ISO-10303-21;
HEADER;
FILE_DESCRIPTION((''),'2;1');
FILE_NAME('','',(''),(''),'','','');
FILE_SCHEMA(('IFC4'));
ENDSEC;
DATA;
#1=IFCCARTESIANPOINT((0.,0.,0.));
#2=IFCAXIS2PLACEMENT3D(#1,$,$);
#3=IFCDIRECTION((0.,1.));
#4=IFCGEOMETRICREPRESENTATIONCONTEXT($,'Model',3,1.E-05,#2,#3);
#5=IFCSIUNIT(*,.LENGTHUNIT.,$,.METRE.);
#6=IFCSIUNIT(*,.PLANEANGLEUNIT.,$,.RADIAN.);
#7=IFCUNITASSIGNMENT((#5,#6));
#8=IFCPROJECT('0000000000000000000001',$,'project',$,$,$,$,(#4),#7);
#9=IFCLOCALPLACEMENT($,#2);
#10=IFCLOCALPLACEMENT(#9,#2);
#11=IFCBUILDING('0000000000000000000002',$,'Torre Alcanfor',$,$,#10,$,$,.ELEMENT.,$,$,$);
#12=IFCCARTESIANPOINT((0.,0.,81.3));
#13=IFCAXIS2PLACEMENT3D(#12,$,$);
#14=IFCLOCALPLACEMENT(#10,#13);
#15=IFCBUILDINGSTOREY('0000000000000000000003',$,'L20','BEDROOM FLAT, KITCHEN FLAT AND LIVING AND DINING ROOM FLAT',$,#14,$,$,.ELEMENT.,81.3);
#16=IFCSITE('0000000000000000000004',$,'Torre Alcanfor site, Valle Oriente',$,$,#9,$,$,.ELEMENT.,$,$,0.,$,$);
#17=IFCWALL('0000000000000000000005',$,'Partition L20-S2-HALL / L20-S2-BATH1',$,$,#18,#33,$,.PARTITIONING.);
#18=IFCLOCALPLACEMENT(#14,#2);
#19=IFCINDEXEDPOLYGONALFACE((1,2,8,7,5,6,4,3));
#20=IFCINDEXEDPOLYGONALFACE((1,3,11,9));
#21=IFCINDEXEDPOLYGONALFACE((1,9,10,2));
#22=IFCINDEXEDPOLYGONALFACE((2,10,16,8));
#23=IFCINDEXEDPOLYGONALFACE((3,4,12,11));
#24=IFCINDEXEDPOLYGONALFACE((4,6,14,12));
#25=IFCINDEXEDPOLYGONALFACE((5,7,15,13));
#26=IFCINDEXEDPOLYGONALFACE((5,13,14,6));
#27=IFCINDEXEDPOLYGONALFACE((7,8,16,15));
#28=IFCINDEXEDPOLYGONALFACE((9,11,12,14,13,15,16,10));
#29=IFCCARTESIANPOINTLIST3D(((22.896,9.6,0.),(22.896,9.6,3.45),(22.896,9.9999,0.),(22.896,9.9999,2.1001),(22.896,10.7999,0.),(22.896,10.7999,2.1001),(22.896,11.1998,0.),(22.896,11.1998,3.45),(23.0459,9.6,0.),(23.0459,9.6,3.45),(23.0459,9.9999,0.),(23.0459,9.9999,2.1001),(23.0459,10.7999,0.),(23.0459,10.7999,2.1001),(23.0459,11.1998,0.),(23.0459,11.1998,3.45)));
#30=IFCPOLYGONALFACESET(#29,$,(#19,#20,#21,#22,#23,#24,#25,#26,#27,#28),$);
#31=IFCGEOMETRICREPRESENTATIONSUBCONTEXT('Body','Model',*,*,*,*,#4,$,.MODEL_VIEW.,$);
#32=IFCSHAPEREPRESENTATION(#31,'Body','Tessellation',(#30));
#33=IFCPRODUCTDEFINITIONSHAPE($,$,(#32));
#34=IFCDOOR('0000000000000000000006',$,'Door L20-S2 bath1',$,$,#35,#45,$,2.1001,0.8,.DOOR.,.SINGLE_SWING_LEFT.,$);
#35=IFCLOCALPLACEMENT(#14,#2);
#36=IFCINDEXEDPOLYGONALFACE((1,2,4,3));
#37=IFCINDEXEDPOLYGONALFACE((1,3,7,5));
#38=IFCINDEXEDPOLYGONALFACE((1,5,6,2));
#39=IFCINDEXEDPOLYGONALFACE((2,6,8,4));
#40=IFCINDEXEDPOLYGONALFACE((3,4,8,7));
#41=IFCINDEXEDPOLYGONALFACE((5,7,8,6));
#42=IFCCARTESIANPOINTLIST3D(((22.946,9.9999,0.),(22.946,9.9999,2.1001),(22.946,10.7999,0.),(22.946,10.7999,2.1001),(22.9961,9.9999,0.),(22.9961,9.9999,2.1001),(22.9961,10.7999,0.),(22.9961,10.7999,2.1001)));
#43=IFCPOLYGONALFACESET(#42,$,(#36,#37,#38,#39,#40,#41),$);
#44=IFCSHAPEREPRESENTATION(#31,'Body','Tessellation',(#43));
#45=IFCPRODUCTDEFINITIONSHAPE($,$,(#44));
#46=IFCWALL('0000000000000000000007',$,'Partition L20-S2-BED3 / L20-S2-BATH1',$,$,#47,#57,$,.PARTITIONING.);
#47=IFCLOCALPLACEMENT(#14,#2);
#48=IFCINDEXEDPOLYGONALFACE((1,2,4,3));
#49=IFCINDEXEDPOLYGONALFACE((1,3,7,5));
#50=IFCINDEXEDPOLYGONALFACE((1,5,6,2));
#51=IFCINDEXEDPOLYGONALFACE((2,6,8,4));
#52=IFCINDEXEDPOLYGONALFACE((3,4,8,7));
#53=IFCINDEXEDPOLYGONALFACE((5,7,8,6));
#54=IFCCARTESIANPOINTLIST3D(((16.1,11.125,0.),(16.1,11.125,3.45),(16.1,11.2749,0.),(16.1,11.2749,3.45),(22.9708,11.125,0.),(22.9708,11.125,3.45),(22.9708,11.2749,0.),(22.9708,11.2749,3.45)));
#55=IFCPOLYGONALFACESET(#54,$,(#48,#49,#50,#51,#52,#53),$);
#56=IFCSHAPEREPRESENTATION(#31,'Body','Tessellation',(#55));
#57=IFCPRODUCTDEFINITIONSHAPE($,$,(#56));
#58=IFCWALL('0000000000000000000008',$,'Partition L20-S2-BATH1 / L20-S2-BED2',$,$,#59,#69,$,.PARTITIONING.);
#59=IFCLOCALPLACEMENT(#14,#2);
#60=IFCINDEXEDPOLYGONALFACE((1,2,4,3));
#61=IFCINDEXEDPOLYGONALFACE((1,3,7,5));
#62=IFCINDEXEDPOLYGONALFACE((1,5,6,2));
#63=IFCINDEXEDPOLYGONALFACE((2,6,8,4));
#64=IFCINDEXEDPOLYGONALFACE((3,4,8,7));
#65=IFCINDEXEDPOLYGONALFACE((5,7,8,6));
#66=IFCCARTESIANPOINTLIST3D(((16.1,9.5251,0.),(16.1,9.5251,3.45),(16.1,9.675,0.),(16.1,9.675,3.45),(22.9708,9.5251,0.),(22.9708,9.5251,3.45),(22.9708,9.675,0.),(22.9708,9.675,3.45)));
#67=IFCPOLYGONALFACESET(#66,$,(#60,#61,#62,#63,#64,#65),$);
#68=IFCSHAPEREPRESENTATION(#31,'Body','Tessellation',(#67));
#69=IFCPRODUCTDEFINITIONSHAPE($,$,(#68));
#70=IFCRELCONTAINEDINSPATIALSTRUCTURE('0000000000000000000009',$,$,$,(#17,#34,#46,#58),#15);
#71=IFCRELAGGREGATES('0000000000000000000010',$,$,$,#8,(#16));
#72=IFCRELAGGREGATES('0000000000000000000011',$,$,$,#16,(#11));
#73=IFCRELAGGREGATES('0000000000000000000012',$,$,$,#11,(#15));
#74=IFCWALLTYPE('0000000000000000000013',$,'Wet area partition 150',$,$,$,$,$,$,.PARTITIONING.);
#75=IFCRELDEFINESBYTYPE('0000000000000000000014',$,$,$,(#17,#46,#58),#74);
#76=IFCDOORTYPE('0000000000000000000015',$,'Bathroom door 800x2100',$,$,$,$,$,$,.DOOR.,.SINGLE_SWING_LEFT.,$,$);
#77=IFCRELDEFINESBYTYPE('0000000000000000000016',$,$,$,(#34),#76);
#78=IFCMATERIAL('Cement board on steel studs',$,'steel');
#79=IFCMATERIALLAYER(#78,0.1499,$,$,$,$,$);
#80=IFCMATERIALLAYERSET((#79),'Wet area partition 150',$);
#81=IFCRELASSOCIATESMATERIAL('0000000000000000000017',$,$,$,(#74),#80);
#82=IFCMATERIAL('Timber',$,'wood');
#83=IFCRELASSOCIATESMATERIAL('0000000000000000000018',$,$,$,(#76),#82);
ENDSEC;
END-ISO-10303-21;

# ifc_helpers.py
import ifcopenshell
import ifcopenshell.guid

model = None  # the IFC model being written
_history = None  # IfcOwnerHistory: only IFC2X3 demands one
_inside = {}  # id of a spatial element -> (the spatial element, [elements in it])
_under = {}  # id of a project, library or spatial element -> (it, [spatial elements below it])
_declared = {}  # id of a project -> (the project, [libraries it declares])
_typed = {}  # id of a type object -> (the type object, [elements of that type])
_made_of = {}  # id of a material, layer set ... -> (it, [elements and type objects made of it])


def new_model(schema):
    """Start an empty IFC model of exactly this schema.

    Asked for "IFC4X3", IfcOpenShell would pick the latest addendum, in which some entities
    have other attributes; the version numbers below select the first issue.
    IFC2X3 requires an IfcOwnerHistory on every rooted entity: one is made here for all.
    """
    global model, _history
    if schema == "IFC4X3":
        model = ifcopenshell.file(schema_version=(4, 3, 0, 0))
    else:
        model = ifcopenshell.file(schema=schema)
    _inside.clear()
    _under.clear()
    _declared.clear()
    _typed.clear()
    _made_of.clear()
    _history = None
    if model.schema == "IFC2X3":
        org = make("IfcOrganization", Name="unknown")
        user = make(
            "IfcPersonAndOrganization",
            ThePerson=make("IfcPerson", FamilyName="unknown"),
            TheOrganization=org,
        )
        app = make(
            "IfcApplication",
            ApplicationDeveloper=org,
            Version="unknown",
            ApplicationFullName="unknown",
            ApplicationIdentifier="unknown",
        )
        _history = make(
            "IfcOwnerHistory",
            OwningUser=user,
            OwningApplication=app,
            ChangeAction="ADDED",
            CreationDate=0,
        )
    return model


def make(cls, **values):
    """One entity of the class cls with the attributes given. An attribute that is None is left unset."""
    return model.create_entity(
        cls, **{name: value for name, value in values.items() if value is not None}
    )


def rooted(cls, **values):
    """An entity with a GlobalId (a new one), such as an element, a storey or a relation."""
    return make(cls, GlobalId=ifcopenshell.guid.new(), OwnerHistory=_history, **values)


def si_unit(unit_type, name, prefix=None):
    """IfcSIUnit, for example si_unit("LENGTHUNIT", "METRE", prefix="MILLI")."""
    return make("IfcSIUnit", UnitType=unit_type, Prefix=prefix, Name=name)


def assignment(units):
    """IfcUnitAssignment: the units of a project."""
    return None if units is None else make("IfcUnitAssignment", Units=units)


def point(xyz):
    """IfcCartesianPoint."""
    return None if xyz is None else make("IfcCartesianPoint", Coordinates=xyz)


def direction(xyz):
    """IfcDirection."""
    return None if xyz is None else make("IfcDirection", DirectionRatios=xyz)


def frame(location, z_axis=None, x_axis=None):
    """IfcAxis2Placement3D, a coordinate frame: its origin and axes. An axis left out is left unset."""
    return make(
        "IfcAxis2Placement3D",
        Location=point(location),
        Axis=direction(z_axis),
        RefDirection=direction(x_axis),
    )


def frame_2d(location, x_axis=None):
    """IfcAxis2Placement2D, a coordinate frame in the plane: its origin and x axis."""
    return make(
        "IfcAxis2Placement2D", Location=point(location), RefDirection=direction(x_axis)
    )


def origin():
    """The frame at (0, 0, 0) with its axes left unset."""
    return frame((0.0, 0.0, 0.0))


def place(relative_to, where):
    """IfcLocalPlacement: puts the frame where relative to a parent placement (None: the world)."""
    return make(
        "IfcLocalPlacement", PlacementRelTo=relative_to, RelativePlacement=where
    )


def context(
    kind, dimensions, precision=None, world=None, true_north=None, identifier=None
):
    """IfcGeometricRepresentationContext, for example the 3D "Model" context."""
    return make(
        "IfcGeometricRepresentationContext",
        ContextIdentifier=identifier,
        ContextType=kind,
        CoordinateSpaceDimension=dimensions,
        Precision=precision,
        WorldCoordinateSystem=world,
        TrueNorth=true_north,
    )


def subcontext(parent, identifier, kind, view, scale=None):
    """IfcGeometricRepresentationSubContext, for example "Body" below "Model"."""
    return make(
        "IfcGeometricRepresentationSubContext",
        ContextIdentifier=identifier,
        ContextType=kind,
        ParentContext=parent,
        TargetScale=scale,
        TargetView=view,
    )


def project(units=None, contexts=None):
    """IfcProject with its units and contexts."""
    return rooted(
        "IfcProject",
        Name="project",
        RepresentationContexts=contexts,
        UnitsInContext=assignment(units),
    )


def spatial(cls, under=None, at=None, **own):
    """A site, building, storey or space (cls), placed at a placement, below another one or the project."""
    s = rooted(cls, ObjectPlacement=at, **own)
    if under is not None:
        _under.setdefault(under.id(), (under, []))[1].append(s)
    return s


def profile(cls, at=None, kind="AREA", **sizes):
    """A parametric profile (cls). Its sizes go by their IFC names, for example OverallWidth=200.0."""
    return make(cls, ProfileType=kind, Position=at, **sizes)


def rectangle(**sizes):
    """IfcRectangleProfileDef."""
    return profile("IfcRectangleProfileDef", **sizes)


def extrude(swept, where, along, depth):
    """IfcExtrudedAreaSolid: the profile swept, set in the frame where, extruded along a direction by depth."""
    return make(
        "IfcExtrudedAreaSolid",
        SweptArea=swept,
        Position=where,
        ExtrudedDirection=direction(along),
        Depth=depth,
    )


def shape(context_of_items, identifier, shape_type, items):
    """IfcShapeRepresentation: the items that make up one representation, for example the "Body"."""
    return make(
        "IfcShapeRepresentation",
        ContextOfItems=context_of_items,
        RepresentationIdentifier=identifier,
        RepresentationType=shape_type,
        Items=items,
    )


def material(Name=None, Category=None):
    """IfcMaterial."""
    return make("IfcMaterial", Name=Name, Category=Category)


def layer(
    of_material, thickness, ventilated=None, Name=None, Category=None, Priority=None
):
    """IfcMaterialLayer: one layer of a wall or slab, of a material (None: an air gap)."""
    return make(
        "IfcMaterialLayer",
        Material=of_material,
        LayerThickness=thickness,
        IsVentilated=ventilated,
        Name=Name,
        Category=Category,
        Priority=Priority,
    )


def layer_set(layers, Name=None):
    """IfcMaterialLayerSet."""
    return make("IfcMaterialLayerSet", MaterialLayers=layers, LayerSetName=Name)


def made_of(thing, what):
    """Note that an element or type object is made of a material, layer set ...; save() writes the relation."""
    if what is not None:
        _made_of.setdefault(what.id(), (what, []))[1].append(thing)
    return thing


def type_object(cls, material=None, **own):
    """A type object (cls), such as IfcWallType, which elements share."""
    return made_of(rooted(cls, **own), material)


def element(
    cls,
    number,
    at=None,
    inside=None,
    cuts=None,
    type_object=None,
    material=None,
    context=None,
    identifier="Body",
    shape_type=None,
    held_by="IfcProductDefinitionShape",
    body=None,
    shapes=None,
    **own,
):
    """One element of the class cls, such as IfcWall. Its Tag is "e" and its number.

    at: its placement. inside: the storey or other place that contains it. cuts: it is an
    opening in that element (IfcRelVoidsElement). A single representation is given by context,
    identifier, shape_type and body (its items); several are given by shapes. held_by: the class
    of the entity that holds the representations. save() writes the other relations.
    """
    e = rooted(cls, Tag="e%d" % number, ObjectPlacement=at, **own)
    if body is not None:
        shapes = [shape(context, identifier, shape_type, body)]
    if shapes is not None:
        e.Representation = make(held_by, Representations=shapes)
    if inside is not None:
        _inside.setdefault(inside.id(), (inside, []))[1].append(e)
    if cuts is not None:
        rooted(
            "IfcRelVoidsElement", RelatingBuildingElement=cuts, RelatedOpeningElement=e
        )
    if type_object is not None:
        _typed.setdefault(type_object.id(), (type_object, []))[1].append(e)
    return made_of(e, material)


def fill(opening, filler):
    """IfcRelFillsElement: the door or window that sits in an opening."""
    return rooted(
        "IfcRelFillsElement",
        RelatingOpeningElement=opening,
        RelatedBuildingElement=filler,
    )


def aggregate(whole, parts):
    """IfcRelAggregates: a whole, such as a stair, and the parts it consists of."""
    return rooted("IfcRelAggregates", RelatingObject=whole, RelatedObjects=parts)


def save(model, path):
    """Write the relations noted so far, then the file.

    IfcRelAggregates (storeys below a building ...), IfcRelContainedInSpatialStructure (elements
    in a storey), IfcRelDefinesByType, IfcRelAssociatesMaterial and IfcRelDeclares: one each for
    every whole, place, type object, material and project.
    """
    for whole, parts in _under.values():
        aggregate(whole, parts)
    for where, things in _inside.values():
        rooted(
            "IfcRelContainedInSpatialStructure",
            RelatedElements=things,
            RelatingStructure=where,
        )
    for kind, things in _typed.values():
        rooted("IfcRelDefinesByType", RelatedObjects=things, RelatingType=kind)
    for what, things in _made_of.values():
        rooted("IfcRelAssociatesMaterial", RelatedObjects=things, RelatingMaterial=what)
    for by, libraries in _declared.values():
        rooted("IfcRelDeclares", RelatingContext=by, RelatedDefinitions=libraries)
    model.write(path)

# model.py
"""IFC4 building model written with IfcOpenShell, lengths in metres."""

from ifc_helpers import new_model, si_unit, direction, frame, frame_2d, origin, place, context, subcontext, project, spatial, rectangle, extrude, material, layer, layer_set, type_object, element, fill, save


model = new_model("IFC4")

# Units and contexts
model_context = context("Model", 3, precision=1e-05, world=origin(), true_north=direction((0.0, 1.0)))
body_context = subcontext(model_context, "Body", "Model", "MODEL_VIEW")
ifc_project = project(units=[si_unit("LENGTHUNIT", "METRE"), si_unit("PLANEANGLEUNIT", "RADIAN")], contexts=[model_context])

# Site, building, storey
site_placement = place(None, origin())
site = spatial("IfcSite", under=ifc_project, at=site_placement, Name="Torre Alcanfor site, Valle Oriente", CompositionType="ELEMENT", RefElevation=0.0)
building_placement = place(site_placement, origin())
building = spatial("IfcBuilding", under=site, at=building_placement, Name="Torre Alcanfor", CompositionType="ELEMENT")
storey_placement = place(building_placement, frame((0.0, 0.0, 81.3)))
storey = spatial("IfcBuildingStorey", under=building, at=storey_placement, Name="L20", Description="BEDROOM FLAT, KITCHEN FLAT AND LIVING AND DINING ROOM FLAT", CompositionType="ELEMENT", Elevation=81.3)

# Wall, opening, door
ifc_material_1 = material(Name="Cement board on steel studs", Category="steel")
ifc_layer_1 = layer(ifc_material_1, 0.1499)
ifc_layer_set_1 = layer_set([ifc_layer_1], Name="Wet area partition 150")
wall_type_1 = type_object("IfcWallType", Name="Wet area partition 150", PredefinedType="PARTITIONING", material=ifc_layer_set_1)
wall_1_placement = place(storey_placement, frame((22.9709, 9.6001, 0.0), z_axis=(0.0, 0.0, 1.0), x_axis=(0.0, 1.0, 0.0)))
wall_1 = element("IfcWall", 1, at=wall_1_placement, inside=storey, type_object=wall_type_1, Name="Partition L20-S2-HALL / L20-S2-BATH1", PredefinedType="PARTITIONING", context=body_context, shape_type="SweptSolid", body=[
    extrude(rectangle(XDim=1.5999, YDim=0.1499, at=frame_2d((0.7998, 0.0))), origin(), (0.0, 0.0, 1.0), 3.45),
])
opening_1_placement = place(wall_1_placement, frame((0.3999, 0.0, 0.0)))
opening_1 = element("IfcOpeningElement", 2, at=opening_1_placement, cuts=wall_1, PredefinedType="OPENING", context=body_context, shape_type="SweptSolid", body=[
    extrude(rectangle(XDim=0.8, YDim=2.1001, at=frame_2d((0.3999, 1.05))), frame((0.0, 0.085, 0.0), z_axis=(0.0, -1.0, 0.0), x_axis=(1.0, 0.0, 0.0)), (0.0, 0.0, 1.0), 0.1699),
])
ifc_material_2 = material(Name="Timber", Category="wood")
door_type_1 = type_object("IfcDoorType", Name="Bathroom door 800x2100", OperationType="SINGLE_SWING_LEFT", PredefinedType="DOOR", material=ifc_material_2)
door_1_placement = place(opening_1_placement, origin())
door_1 = element("IfcDoor", 3, at=door_1_placement, inside=storey, type_object=door_type_1, Name="Door L20-S2 bath1", OperationType="SINGLE_SWING_LEFT", OverallHeight=2.1001, OverallWidth=0.8, PredefinedType="DOOR", context=body_context, shape_type="SweptSolid", body=[
    extrude(rectangle(XDim=0.8, YDim=2.1001, at=frame_2d((0.3999, 1.05))), frame((0.0, 0.0249, 0.0), z_axis=(0.0, -1.0, 0.0), x_axis=(1.0, 0.0, 0.0)), (0.0, 0.0, 1.0), 0.05),
])
fill(opening_1, door_1)

# Walls
for number, where, z_axis, x_axis, name in (
    (4, (22.9709, 11.2, 0.0), (0.0, 0.0, 1.0), (-1.0, 0.0, 0.0), "Partition L20-S2-BED3 / L20-S2-BATH1"),
    (5, (22.9709, 9.6001, 0.0), (0.0, 0.0, 1.0), (-1.0, 0.0, 0.0), "Partition L20-S2-BATH1 / L20-S2-BED2"),
):
    element("IfcWall", number, at=place(storey_placement, frame(where, z_axis=z_axis, x_axis=x_axis)), inside=storey, type_object=wall_type_1, Name=name, PredefinedType="PARTITIONING", context=body_context, shape_type="SweptSolid", body=[
        extrude(rectangle(XDim=6.8708, YDim=0.1499, at=frame_2d((3.4355, 0.0))), origin(), (0.0, 0.0, 1.0), 3.45),
    ])

save(model, "model.ifc")
